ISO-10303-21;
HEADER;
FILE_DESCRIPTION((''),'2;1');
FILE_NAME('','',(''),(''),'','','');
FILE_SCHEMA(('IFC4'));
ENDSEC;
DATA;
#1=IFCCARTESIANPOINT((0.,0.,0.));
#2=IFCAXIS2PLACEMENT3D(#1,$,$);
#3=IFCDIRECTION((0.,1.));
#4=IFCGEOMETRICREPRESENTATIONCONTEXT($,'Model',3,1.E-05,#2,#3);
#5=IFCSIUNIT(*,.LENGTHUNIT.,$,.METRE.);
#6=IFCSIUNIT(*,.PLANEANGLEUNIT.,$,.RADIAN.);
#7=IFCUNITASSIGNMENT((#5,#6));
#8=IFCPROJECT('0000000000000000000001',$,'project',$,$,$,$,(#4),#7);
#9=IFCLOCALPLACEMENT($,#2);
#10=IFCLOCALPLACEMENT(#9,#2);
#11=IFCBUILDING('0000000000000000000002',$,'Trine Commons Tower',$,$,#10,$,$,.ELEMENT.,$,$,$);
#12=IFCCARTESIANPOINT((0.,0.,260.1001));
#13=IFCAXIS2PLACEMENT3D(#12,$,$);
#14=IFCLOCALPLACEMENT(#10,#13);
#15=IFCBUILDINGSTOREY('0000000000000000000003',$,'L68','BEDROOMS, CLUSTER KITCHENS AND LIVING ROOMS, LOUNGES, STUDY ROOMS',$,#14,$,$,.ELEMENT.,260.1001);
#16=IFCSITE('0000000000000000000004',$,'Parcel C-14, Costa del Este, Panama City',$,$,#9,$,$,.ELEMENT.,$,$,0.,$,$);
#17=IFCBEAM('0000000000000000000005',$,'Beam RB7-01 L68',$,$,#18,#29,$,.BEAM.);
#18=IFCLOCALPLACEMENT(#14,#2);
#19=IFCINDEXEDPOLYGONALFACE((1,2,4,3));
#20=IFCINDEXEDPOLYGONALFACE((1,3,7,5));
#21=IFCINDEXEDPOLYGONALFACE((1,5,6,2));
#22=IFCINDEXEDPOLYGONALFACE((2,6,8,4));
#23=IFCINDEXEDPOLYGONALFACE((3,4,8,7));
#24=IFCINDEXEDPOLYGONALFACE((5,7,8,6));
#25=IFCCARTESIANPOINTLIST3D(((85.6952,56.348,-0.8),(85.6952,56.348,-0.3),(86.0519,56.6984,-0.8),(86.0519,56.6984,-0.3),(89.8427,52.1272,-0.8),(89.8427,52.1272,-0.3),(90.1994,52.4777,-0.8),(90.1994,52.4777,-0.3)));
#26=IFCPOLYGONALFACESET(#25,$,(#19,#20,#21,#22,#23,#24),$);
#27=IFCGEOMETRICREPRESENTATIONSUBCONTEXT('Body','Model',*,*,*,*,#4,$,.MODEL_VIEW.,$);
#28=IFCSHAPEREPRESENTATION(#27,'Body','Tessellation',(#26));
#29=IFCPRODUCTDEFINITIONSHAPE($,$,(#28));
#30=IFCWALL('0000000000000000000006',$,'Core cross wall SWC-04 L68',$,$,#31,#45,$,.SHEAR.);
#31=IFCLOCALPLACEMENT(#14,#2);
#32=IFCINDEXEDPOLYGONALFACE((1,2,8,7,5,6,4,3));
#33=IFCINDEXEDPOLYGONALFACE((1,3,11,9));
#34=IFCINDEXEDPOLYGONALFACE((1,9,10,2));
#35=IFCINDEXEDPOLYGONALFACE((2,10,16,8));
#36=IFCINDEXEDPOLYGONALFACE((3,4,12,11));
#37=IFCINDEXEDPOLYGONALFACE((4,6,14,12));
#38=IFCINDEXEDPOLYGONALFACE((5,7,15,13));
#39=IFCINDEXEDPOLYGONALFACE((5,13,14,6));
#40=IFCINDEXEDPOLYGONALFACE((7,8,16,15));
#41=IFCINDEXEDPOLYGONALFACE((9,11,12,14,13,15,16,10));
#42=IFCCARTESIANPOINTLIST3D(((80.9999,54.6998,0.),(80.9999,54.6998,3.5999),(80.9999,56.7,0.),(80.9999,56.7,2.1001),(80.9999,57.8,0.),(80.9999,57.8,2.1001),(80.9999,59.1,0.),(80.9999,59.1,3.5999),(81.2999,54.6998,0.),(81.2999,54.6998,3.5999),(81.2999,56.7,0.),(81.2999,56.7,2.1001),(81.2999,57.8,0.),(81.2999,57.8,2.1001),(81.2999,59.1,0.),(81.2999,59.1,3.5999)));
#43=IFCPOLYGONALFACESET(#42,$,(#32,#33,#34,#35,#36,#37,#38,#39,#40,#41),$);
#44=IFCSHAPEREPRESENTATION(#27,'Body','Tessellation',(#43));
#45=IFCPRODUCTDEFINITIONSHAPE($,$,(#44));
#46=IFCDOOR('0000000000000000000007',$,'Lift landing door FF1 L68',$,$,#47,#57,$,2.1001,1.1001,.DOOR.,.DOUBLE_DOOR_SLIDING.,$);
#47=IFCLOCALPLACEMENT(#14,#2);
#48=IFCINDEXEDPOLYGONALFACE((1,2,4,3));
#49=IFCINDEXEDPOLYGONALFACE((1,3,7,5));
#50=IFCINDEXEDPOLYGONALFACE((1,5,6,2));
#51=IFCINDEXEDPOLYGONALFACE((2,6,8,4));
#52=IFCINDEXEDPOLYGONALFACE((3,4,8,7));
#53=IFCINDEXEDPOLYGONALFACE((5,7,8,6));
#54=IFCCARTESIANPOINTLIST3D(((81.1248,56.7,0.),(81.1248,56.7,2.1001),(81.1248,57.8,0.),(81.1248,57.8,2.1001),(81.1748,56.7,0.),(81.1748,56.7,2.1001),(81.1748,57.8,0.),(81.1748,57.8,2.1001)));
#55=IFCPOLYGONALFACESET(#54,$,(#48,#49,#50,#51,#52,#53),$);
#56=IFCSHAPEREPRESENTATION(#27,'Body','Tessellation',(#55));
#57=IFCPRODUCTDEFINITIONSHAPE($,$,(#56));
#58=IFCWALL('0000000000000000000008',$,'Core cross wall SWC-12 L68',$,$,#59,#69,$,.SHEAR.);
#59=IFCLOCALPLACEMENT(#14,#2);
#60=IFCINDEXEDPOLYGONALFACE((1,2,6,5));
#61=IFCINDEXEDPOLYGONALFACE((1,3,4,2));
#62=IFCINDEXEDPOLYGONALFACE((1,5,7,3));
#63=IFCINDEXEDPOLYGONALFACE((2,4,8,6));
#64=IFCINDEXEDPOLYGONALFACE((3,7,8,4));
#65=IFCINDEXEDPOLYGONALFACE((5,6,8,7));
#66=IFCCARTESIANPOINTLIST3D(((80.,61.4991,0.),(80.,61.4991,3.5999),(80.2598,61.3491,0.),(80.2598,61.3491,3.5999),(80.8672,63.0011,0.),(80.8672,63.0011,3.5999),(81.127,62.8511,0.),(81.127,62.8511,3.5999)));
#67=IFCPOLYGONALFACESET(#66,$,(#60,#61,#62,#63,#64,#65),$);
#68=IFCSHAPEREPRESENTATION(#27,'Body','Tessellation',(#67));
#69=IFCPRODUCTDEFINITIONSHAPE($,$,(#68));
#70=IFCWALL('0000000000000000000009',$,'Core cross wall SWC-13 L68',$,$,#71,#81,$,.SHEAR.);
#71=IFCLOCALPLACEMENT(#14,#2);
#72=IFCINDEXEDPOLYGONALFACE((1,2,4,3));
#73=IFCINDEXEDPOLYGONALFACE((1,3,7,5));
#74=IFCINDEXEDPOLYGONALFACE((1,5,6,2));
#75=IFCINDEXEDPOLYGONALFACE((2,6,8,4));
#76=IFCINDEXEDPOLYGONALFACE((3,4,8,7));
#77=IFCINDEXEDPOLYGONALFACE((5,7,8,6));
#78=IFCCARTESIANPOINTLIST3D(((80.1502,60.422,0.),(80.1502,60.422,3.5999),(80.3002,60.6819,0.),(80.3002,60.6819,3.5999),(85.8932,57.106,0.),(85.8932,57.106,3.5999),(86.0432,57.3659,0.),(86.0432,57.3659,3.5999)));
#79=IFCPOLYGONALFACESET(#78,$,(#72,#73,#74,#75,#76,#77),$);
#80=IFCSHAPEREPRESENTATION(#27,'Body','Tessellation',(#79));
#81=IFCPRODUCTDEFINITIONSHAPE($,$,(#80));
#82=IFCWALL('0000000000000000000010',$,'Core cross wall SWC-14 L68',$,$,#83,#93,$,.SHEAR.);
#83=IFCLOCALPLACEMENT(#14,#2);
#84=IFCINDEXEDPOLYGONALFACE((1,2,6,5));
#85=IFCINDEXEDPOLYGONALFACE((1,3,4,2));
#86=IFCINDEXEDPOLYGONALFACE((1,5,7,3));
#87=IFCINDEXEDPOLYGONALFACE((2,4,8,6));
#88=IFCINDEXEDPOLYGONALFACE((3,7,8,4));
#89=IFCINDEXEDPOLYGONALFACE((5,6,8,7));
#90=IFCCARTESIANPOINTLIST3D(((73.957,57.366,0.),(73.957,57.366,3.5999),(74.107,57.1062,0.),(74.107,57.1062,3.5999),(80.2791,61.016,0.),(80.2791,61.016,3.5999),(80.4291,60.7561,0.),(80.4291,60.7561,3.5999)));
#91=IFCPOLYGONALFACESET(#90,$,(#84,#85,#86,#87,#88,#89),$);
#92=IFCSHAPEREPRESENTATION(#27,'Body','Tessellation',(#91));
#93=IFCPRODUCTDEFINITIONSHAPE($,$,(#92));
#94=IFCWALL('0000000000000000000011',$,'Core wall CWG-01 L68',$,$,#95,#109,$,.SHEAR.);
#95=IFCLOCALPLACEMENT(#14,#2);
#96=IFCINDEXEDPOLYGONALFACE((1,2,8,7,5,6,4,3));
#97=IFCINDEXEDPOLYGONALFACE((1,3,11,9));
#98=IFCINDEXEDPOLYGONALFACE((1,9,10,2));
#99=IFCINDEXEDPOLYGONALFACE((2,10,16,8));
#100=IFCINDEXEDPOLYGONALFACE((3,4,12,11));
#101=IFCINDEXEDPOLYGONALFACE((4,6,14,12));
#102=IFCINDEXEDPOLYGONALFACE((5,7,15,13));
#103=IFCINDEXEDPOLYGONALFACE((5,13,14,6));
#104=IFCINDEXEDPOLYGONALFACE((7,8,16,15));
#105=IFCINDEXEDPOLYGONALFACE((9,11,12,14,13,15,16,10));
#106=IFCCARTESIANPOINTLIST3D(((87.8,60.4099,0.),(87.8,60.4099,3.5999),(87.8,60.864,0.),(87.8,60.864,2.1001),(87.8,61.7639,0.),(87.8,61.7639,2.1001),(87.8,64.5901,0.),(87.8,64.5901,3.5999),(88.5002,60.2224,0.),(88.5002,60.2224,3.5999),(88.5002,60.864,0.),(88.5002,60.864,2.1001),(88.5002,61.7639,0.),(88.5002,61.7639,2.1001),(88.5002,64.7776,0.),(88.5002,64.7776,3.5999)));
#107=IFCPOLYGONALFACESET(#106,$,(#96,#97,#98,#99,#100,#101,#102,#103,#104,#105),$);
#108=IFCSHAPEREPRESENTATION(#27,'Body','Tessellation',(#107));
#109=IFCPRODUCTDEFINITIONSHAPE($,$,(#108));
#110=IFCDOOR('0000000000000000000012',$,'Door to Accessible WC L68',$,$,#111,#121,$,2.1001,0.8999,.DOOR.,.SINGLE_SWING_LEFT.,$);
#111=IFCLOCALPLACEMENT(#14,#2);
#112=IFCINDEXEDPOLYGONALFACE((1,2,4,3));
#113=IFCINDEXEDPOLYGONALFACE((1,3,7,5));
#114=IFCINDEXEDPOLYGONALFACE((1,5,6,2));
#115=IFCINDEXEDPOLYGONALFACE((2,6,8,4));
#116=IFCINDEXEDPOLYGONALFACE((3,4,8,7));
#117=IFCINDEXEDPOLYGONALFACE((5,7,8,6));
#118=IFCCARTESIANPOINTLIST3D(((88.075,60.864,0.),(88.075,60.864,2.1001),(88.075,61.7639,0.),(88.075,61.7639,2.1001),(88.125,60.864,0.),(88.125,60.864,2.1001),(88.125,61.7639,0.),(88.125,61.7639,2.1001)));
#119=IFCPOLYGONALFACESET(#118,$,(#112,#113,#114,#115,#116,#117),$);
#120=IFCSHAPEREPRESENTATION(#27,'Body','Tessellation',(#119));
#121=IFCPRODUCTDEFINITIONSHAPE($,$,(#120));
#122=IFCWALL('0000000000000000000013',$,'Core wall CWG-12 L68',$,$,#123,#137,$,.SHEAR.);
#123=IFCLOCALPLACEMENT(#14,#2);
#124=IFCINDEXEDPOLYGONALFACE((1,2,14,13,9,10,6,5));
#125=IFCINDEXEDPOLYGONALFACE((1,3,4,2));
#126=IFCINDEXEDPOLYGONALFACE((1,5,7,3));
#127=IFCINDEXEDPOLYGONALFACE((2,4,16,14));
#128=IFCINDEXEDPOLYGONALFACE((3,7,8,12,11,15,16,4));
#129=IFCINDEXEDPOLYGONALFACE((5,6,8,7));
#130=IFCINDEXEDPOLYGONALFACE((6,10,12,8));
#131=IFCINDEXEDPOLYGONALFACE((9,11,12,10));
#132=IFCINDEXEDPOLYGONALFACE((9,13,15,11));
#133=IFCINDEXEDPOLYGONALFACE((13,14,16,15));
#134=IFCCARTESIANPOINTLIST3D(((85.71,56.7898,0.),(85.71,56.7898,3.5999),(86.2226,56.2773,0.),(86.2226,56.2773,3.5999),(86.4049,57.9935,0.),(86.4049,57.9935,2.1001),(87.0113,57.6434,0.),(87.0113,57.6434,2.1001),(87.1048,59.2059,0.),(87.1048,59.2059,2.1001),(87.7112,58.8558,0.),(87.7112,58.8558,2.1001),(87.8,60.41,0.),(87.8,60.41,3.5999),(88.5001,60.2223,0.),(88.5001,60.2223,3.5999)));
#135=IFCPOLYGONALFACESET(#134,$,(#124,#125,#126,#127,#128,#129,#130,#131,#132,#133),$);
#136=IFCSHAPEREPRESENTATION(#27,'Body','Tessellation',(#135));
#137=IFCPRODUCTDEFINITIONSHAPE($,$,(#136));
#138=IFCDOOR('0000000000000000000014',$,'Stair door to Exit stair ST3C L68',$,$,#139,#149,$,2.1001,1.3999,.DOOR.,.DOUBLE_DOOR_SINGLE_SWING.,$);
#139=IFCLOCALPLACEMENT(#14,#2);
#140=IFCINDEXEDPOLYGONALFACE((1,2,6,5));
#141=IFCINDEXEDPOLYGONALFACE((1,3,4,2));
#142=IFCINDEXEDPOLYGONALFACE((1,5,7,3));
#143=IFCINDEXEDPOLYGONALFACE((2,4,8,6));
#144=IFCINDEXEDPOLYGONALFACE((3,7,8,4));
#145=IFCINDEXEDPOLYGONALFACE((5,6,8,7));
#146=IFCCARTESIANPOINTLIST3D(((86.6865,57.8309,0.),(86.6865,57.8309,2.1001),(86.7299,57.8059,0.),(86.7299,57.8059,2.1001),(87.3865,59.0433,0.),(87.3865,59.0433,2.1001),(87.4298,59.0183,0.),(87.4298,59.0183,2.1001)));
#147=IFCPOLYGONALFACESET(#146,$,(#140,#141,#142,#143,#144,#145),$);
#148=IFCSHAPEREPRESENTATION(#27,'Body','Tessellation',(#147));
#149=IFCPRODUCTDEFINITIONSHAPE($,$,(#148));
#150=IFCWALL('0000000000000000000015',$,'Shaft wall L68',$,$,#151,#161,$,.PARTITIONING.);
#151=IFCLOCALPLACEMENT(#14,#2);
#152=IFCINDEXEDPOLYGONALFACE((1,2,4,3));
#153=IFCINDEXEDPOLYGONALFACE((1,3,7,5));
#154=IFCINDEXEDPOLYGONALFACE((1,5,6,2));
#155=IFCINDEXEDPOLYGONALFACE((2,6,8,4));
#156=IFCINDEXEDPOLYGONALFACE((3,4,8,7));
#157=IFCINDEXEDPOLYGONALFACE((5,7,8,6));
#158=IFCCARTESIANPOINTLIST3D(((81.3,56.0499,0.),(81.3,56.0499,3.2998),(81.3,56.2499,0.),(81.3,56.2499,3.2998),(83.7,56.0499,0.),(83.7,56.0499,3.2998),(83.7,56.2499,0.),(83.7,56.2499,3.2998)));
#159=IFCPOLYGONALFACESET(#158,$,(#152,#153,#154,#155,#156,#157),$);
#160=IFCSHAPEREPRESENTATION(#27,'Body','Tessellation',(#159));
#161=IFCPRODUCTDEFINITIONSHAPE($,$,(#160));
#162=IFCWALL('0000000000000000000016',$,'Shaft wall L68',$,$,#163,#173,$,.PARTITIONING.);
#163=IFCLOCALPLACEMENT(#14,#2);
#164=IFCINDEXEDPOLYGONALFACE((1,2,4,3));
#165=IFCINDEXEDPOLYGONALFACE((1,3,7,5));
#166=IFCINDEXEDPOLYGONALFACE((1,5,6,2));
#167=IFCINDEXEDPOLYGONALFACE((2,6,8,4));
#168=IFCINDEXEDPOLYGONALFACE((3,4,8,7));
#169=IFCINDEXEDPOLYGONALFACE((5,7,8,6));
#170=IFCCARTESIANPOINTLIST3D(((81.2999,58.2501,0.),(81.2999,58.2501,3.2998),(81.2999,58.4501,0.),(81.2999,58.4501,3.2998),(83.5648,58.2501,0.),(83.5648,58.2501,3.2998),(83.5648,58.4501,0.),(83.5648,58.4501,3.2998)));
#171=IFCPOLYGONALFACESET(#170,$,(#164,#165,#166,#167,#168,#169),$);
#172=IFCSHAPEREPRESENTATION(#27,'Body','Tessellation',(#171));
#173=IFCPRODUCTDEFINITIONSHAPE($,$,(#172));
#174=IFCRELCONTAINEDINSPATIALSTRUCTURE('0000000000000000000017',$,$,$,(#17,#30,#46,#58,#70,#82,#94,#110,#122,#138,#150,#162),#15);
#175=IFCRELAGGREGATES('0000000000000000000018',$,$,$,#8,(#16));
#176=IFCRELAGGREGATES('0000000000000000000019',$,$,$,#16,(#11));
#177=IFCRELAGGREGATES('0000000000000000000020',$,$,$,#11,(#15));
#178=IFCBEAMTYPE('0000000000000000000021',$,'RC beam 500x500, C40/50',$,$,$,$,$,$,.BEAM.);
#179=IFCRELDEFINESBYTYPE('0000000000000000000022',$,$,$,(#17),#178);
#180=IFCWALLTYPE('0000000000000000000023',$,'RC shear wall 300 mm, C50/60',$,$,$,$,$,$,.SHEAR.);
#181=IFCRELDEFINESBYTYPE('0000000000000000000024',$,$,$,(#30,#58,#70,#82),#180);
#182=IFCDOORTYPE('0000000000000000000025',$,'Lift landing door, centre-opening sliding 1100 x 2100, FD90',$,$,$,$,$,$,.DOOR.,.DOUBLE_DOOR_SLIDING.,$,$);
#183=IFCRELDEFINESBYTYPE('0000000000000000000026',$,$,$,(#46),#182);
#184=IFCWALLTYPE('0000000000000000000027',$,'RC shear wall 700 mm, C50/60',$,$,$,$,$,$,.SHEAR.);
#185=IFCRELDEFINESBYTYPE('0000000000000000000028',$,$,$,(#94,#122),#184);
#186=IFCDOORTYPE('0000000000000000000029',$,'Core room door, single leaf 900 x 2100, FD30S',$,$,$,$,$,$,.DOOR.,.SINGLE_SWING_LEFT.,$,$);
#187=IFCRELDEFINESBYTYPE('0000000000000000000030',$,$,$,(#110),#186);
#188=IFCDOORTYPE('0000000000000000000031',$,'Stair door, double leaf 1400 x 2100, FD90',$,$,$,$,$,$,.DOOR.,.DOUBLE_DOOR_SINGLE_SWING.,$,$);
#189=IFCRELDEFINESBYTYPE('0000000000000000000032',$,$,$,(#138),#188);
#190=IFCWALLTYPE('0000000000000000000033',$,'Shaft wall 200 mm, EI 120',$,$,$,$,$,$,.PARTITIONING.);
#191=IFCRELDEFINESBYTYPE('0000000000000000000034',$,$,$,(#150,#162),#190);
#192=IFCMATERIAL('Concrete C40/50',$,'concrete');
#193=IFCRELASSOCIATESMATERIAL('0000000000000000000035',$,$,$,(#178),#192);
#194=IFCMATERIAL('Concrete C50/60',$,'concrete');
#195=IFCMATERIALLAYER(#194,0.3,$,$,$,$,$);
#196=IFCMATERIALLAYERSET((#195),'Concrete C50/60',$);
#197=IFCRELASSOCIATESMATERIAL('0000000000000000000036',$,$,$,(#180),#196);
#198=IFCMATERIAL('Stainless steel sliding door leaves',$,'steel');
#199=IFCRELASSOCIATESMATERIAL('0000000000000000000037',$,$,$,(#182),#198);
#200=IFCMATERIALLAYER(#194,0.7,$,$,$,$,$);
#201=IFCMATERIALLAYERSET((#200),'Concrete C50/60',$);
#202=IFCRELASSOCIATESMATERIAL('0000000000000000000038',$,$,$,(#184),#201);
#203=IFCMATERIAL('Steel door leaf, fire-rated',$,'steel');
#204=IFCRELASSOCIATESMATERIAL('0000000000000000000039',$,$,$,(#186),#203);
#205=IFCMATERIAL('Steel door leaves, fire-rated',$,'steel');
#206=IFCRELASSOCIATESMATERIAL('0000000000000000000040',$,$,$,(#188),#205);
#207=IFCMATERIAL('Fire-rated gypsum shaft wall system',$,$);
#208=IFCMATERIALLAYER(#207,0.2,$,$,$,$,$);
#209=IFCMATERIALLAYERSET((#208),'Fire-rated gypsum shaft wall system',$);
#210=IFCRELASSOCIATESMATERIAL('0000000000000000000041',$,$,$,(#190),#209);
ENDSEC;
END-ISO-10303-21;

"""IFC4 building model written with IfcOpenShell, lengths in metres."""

from ifc_helpers import new_model, si_unit, direction, frame, frame_2d, origin, origin_2d, place, context, subcontext, project, spatial, polyline, rectangle, outline, extrude, material, layer, layer_set, material_profile, profile_set, type_object, element, fill, save


model = new_model("IFC4")

# Units and contexts
model_context = context("Model", 3, precision=1e-05, world=origin(), true_north=direction((0.0, 1.0)))
body_context = subcontext(model_context, "Body", "Model", "MODEL_VIEW")
ifc_project = project(units=[si_unit("LENGTHUNIT", "METRE"), si_unit("PLANEANGLEUNIT", "RADIAN")], contexts=[model_context])

# Site, building, storey
site_placement = place(None, origin())
site = spatial("IfcSite", under=ifc_project, at=site_placement, Name="Parcel C-14, Costa del Este, Panama City", CompositionType="ELEMENT", RefElevation=0.0)
building_placement = place(site_placement, origin())
building = spatial("IfcBuilding", under=site, at=building_placement, Name="Trine Commons Tower", CompositionType="ELEMENT")
storey_placement = place(building_placement, frame((0.0, 0.0, 260.1001)))
storey = spatial("IfcBuildingStorey", under=building, at=storey_placement, Name="L68", Description="BEDROOMS, CLUSTER KITCHENS AND LIVING ROOMS, LOUNGES, STUDY ROOMS", CompositionType="ELEMENT", Elevation=260.1001)

# Beam
ifc_material_1 = material(Name="Concrete C40/50", Category="concrete")
ifc_material_profile = material_profile(ifc_material_1, rectangle(XDim=0.5, YDim=0.5, at=origin_2d()), Name="RC 500x500")
ifc_profile_set = profile_set([ifc_material_profile], Name="Concrete C40/50")
beam_type = type_object("IfcBeamType", Name="RC beam 500x500, C40/50", PredefinedType="BEAM", material=ifc_profile_set)
beam_placement = place(storey_placement, frame((85.8735, 56.5232, -0.55), z_axis=(0.700891, -0.713268, 0.0), x_axis=(0.713268, 0.700891, 0.0)))
element("IfcBeam", 1, at=beam_placement, inside=storey, type_object=beam_type, Name="Beam RB7-01 L68", PredefinedType="BEAM", context=body_context, shape_type="SweptSolid", body=[
    extrude(rectangle(XDim=0.5, YDim=0.5, at=origin_2d()), origin(), (0.0, 0.0, 1.0), 5.9175),
])

# Wall, opening, door
ifc_material_2 = material(Name="Concrete C50/60", Category="concrete")
ifc_layer_1 = layer(ifc_material_2, 0.3)
ifc_layer_set_1 = layer_set([ifc_layer_1], Name="Concrete C50/60")
wall_type_1 = type_object("IfcWallType", Name="RC shear wall 300 mm, C50/60", PredefinedType="SHEAR", material=ifc_layer_set_1)
wall_1_placement = place(storey_placement, frame((81.1499, 59.1001, 0.0), z_axis=(0.0, 0.0, 1.0), x_axis=(0.0, -1.0, 0.0)))
wall_1 = element("IfcWall", 2, at=wall_1_placement, inside=storey, type_object=wall_type_1, Name="Core cross wall SWC-04 L68", PredefinedType="SHEAR", context=body_context, shape_type="SweptSolid", body=[
    extrude(rectangle(XDim=4.4001, YDim=0.3, at=frame_2d((2.2002, 0.0))), origin(), (0.0, 0.0, 1.0), 3.5999),
])
opening_1_placement = place(wall_1_placement, frame((1.3, 0.0, 0.0)))
opening_1 = element("IfcOpeningElement", 3, at=opening_1_placement, cuts=wall_1, PredefinedType="OPENING", context=body_context, shape_type="SweptSolid", body=[
    extrude(rectangle(XDim=1.1001, YDim=2.1001, at=frame_2d((0.55, 1.05))), frame((0.0, 0.1599, 0.0), z_axis=(0.0, -1.0, 0.0), x_axis=(1.0, 0.0, 0.0)), (0.0, 0.0, 1.0), 0.3201),
])
ifc_material_3 = material(Name="Stainless steel sliding door leaves", Category="steel")
door_type_1 = type_object("IfcDoorType", Name="Lift landing door, centre-opening sliding 1100 x 2100, FD90", OperationType="DOUBLE_DOOR_SLIDING", PredefinedType="DOOR", material=ifc_material_3)
door_1_placement = place(opening_1_placement, origin())
door_1 = element("IfcDoor", 4, at=door_1_placement, inside=storey, type_object=door_type_1, Name="Lift landing door FF1 L68", OperationType="DOUBLE_DOOR_SLIDING", OverallHeight=2.1001, OverallWidth=1.1001, PredefinedType="DOOR", context=body_context, shape_type="SweptSolid", body=[
    extrude(rectangle(XDim=1.1001, YDim=2.1001, at=frame_2d((0.55, 1.05))), frame((0.0, 0.0249, 0.0), z_axis=(0.0, -1.0, 0.0), x_axis=(1.0, 0.0, 0.0)), (0.0, 0.0, 1.0), 0.05),
])
fill(opening_1, door_1)

# Walls
wall_2_placement = place(storey_placement, frame((80.1299, 61.4241, 0.0), z_axis=(0.0, 0.0, 1.0), x_axis=(0.500015, 0.866017, 0.0)))
element("IfcWall", 5, at=wall_2_placement, inside=storey, type_object=wall_type_1, Name="Core cross wall SWC-12 L68", PredefinedType="SHEAR", context=body_context, shape_type="SweptSolid", body=[
    extrude(rectangle(XDim=1.7344, YDim=0.3, at=frame_2d((0.8672, 0.0))), origin(), (0.0, 0.0, 1.0), 3.5999),
])
wall_3_placement = place(storey_placement, frame((80.2251, 60.552, 0.0), z_axis=(0.0, 0.0, 1.0), x_axis=(0.86601, -0.500027, 0.0)))
element("IfcWall", 6, at=wall_3_placement, inside=storey, type_object=wall_type_1, Name="Core cross wall SWC-13 L68", PredefinedType="SHEAR", context=body_context, shape_type="SweptSolid", body=[
    extrude(rectangle(XDim=6.6316, YDim=0.3, at=frame_2d((3.3159, 0.0))), origin(), (0.0, 0.0, 1.0), 3.5999),
])
wall_4_placement = place(storey_placement, frame((80.354, 60.886, 0.0), z_axis=(0.0, 0.0, 1.0), x_axis=(-0.866032, -0.499988, 0.0)))
element("IfcWall", 7, at=wall_4_placement, inside=storey, type_object=wall_type_1, Name="Core cross wall SWC-14 L68", PredefinedType="SHEAR", context=body_context, shape_type="SweptSolid", body=[
    extrude(rectangle(XDim=7.3, YDim=0.3, at=frame_2d((3.6499, 0.0))), origin(), (0.0, 0.0, 1.0), 3.5999),
])

# Walls, openings, doors
ifc_layer_2 = layer(ifc_material_2, 0.7)
ifc_layer_set_2 = layer_set([ifc_layer_2], Name="Concrete C50/60")
wall_type_2 = type_object("IfcWallType", Name="RC shear wall 700 mm, C50/60", PredefinedType="SHEAR", material=ifc_layer_set_2)
wall_5_placement = place(storey_placement, frame((88.1501, 60.2224, 0.0), z_axis=(0.0, 0.0, 1.0), x_axis=(0.0, 1.0, 0.0)))
wall_5 = element("IfcWall", 8, at=wall_5_placement, inside=storey, type_object=wall_type_2, Name="Core wall CWG-01 L68", PredefinedType="SHEAR", context=body_context, shape_type="SweptSolid", body=[
    extrude(outline(polyline([(0.0, -0.3501), (4.5552, -0.3501), (4.3677, 0.3501), (0.1875, 0.3501), (0.0, -0.3501)])), origin(), (0.0, 0.0, 1.0), 3.5999),
])
opening_2_placement = place(wall_5_placement, frame((0.6416, 0.0, 0.0)))
opening_2 = element("IfcOpeningElement", 9, at=opening_2_placement, cuts=wall_5, PredefinedType="OPENING", context=body_context, shape_type="SweptSolid", body=[
    extrude(rectangle(XDim=0.8999, YDim=2.1001, at=frame_2d((0.45, 1.05))), frame((0.0, 0.3599, 0.0), z_axis=(0.0, -1.0, 0.0), x_axis=(1.0, 0.0, 0.0)), (0.0, 0.0, 1.0), 0.72),
])
ifc_material_4 = material(Name="Steel door leaf, fire-rated", Category="steel")
door_type_2 = type_object("IfcDoorType", Name="Core room door, single leaf 900 x 2100, FD30S", OperationType="SINGLE_SWING_LEFT", PredefinedType="DOOR", material=ifc_material_4)
door_2_placement = place(opening_2_placement, origin())
door_2 = element("IfcDoor", 10, at=door_2_placement, inside=storey, type_object=door_type_2, Name="Door to Accessible WC L68", OperationType="SINGLE_SWING_LEFT", OverallHeight=2.1001, OverallWidth=0.8999, PredefinedType="DOOR", context=body_context, shape_type="SweptSolid", body=[
    extrude(rectangle(XDim=0.8999, YDim=2.1001, at=frame_2d((0.45, 1.05))), frame((0.0, 0.0752, 0.0), z_axis=(0.0, -1.0, 0.0), x_axis=(1.0, 0.0, 0.0)), (0.0, 0.0, 1.0), 0.05),
])
fill(opening_2, door_2)
wall_6_placement = place(storey_placement, frame((85.9194, 56.4524, 0.0), z_axis=(0.0, 0.0, 1.0), x_axis=(0.499984, 0.866035, 0.0)))
wall_6 = element("IfcWall", 11, at=wall_6_placement, inside=storey, type_object=wall_type_2, Name="Core wall CWG-12 L68", PredefinedType="SHEAR", context=body_context, shape_type="SweptSolid", body=[
    extrude(outline(polyline([(0.0, -0.3501), (4.5552, -0.3501), (4.3677, 0.3501), (0.1875, 0.3501), (0.0, -0.3501)])), origin(), (0.0, 0.0, 1.0), 3.5999),
])
opening_3_placement = place(wall_6_placement, frame((1.5774, 0.0, 0.0)))
opening_3 = element("IfcOpeningElement", 12, at=opening_3_placement, cuts=wall_6, PredefinedType="OPENING", context=body_context, shape_type="SweptSolid", body=[
    extrude(rectangle(XDim=1.3999, YDim=2.1001, at=frame_2d((0.7, 1.05))), frame((0.0, 0.3599, 0.0), z_axis=(0.0, -1.0, 0.0), x_axis=(1.0, 0.0, 0.0)), (0.0, 0.0, 1.0), 0.72),
])
ifc_material_5 = material(Name="Steel door leaves, fire-rated", Category="steel")
door_type_3 = type_object("IfcDoorType", Name="Stair door, double leaf 1400 x 2100, FD90", OperationType="DOUBLE_DOOR_SINGLE_SWING", PredefinedType="DOOR", material=ifc_material_5)
door_3_placement = place(opening_3_placement, origin())
door_3 = element("IfcDoor", 13, at=door_3_placement, inside=storey, type_object=door_type_3, Name="Stair door to Exit stair ST3C L68", OperationType="DOUBLE_DOOR_SINGLE_SWING", OverallHeight=2.1001, OverallWidth=1.3999, PredefinedType="DOOR", context=body_context, shape_type="SweptSolid", body=[
    extrude(rectangle(XDim=1.3999, YDim=2.1001, at=frame_2d((0.7, 1.05))), frame((0.0, 0.0249, 0.0), z_axis=(0.0, -1.0, 0.0), x_axis=(1.0, 0.0, 0.0)), (0.0, 0.0, 1.0), 0.05),
])
fill(opening_3, door_3)

# Walls
ifc_material_6 = material(Name="Fire-rated gypsum shaft wall system")
ifc_layer_3 = layer(ifc_material_6, 0.2)
ifc_layer_set_3 = layer_set([ifc_layer_3], Name="Fire-rated gypsum shaft wall system")
wall_type_3 = type_object("IfcWallType", Name="Shaft wall 200 mm, EI 120", PredefinedType="PARTITIONING", material=ifc_layer_set_3)
wall_7_placement = place(storey_placement, frame((81.3, 56.1499, 0.0), z_axis=(0.0, 0.0, 1.0), x_axis=(1.0, 0.0, 0.0)))
element("IfcWall", 14, at=wall_7_placement, inside=storey, type_object=wall_type_3, Name="Shaft wall L68", PredefinedType="PARTITIONING", context=body_context, shape_type="SweptSolid", body=[
    extrude(rectangle(XDim=2.3999, YDim=0.2, at=frame_2d((1.2, 0.0))), origin(), (0.0, 0.0, 1.0), 3.2998),
])
wall_8_placement = place(storey_placement, frame((81.3, 58.3501, 0.0), z_axis=(0.0, 0.0, 1.0), x_axis=(1.0, 0.0, 0.0)))
element("IfcWall", 15, at=wall_8_placement, inside=storey, type_object=wall_type_3, Name="Shaft wall L68", PredefinedType="PARTITIONING", context=body_context, shape_type="SweptSolid", body=[
    extrude(rectangle(XDim=2.2649, YDim=0.2, at=frame_2d((1.1323, 0.0))), origin(), (0.0, 0.0, 1.0), 3.2998),
])

save(model, "model.ifc")
